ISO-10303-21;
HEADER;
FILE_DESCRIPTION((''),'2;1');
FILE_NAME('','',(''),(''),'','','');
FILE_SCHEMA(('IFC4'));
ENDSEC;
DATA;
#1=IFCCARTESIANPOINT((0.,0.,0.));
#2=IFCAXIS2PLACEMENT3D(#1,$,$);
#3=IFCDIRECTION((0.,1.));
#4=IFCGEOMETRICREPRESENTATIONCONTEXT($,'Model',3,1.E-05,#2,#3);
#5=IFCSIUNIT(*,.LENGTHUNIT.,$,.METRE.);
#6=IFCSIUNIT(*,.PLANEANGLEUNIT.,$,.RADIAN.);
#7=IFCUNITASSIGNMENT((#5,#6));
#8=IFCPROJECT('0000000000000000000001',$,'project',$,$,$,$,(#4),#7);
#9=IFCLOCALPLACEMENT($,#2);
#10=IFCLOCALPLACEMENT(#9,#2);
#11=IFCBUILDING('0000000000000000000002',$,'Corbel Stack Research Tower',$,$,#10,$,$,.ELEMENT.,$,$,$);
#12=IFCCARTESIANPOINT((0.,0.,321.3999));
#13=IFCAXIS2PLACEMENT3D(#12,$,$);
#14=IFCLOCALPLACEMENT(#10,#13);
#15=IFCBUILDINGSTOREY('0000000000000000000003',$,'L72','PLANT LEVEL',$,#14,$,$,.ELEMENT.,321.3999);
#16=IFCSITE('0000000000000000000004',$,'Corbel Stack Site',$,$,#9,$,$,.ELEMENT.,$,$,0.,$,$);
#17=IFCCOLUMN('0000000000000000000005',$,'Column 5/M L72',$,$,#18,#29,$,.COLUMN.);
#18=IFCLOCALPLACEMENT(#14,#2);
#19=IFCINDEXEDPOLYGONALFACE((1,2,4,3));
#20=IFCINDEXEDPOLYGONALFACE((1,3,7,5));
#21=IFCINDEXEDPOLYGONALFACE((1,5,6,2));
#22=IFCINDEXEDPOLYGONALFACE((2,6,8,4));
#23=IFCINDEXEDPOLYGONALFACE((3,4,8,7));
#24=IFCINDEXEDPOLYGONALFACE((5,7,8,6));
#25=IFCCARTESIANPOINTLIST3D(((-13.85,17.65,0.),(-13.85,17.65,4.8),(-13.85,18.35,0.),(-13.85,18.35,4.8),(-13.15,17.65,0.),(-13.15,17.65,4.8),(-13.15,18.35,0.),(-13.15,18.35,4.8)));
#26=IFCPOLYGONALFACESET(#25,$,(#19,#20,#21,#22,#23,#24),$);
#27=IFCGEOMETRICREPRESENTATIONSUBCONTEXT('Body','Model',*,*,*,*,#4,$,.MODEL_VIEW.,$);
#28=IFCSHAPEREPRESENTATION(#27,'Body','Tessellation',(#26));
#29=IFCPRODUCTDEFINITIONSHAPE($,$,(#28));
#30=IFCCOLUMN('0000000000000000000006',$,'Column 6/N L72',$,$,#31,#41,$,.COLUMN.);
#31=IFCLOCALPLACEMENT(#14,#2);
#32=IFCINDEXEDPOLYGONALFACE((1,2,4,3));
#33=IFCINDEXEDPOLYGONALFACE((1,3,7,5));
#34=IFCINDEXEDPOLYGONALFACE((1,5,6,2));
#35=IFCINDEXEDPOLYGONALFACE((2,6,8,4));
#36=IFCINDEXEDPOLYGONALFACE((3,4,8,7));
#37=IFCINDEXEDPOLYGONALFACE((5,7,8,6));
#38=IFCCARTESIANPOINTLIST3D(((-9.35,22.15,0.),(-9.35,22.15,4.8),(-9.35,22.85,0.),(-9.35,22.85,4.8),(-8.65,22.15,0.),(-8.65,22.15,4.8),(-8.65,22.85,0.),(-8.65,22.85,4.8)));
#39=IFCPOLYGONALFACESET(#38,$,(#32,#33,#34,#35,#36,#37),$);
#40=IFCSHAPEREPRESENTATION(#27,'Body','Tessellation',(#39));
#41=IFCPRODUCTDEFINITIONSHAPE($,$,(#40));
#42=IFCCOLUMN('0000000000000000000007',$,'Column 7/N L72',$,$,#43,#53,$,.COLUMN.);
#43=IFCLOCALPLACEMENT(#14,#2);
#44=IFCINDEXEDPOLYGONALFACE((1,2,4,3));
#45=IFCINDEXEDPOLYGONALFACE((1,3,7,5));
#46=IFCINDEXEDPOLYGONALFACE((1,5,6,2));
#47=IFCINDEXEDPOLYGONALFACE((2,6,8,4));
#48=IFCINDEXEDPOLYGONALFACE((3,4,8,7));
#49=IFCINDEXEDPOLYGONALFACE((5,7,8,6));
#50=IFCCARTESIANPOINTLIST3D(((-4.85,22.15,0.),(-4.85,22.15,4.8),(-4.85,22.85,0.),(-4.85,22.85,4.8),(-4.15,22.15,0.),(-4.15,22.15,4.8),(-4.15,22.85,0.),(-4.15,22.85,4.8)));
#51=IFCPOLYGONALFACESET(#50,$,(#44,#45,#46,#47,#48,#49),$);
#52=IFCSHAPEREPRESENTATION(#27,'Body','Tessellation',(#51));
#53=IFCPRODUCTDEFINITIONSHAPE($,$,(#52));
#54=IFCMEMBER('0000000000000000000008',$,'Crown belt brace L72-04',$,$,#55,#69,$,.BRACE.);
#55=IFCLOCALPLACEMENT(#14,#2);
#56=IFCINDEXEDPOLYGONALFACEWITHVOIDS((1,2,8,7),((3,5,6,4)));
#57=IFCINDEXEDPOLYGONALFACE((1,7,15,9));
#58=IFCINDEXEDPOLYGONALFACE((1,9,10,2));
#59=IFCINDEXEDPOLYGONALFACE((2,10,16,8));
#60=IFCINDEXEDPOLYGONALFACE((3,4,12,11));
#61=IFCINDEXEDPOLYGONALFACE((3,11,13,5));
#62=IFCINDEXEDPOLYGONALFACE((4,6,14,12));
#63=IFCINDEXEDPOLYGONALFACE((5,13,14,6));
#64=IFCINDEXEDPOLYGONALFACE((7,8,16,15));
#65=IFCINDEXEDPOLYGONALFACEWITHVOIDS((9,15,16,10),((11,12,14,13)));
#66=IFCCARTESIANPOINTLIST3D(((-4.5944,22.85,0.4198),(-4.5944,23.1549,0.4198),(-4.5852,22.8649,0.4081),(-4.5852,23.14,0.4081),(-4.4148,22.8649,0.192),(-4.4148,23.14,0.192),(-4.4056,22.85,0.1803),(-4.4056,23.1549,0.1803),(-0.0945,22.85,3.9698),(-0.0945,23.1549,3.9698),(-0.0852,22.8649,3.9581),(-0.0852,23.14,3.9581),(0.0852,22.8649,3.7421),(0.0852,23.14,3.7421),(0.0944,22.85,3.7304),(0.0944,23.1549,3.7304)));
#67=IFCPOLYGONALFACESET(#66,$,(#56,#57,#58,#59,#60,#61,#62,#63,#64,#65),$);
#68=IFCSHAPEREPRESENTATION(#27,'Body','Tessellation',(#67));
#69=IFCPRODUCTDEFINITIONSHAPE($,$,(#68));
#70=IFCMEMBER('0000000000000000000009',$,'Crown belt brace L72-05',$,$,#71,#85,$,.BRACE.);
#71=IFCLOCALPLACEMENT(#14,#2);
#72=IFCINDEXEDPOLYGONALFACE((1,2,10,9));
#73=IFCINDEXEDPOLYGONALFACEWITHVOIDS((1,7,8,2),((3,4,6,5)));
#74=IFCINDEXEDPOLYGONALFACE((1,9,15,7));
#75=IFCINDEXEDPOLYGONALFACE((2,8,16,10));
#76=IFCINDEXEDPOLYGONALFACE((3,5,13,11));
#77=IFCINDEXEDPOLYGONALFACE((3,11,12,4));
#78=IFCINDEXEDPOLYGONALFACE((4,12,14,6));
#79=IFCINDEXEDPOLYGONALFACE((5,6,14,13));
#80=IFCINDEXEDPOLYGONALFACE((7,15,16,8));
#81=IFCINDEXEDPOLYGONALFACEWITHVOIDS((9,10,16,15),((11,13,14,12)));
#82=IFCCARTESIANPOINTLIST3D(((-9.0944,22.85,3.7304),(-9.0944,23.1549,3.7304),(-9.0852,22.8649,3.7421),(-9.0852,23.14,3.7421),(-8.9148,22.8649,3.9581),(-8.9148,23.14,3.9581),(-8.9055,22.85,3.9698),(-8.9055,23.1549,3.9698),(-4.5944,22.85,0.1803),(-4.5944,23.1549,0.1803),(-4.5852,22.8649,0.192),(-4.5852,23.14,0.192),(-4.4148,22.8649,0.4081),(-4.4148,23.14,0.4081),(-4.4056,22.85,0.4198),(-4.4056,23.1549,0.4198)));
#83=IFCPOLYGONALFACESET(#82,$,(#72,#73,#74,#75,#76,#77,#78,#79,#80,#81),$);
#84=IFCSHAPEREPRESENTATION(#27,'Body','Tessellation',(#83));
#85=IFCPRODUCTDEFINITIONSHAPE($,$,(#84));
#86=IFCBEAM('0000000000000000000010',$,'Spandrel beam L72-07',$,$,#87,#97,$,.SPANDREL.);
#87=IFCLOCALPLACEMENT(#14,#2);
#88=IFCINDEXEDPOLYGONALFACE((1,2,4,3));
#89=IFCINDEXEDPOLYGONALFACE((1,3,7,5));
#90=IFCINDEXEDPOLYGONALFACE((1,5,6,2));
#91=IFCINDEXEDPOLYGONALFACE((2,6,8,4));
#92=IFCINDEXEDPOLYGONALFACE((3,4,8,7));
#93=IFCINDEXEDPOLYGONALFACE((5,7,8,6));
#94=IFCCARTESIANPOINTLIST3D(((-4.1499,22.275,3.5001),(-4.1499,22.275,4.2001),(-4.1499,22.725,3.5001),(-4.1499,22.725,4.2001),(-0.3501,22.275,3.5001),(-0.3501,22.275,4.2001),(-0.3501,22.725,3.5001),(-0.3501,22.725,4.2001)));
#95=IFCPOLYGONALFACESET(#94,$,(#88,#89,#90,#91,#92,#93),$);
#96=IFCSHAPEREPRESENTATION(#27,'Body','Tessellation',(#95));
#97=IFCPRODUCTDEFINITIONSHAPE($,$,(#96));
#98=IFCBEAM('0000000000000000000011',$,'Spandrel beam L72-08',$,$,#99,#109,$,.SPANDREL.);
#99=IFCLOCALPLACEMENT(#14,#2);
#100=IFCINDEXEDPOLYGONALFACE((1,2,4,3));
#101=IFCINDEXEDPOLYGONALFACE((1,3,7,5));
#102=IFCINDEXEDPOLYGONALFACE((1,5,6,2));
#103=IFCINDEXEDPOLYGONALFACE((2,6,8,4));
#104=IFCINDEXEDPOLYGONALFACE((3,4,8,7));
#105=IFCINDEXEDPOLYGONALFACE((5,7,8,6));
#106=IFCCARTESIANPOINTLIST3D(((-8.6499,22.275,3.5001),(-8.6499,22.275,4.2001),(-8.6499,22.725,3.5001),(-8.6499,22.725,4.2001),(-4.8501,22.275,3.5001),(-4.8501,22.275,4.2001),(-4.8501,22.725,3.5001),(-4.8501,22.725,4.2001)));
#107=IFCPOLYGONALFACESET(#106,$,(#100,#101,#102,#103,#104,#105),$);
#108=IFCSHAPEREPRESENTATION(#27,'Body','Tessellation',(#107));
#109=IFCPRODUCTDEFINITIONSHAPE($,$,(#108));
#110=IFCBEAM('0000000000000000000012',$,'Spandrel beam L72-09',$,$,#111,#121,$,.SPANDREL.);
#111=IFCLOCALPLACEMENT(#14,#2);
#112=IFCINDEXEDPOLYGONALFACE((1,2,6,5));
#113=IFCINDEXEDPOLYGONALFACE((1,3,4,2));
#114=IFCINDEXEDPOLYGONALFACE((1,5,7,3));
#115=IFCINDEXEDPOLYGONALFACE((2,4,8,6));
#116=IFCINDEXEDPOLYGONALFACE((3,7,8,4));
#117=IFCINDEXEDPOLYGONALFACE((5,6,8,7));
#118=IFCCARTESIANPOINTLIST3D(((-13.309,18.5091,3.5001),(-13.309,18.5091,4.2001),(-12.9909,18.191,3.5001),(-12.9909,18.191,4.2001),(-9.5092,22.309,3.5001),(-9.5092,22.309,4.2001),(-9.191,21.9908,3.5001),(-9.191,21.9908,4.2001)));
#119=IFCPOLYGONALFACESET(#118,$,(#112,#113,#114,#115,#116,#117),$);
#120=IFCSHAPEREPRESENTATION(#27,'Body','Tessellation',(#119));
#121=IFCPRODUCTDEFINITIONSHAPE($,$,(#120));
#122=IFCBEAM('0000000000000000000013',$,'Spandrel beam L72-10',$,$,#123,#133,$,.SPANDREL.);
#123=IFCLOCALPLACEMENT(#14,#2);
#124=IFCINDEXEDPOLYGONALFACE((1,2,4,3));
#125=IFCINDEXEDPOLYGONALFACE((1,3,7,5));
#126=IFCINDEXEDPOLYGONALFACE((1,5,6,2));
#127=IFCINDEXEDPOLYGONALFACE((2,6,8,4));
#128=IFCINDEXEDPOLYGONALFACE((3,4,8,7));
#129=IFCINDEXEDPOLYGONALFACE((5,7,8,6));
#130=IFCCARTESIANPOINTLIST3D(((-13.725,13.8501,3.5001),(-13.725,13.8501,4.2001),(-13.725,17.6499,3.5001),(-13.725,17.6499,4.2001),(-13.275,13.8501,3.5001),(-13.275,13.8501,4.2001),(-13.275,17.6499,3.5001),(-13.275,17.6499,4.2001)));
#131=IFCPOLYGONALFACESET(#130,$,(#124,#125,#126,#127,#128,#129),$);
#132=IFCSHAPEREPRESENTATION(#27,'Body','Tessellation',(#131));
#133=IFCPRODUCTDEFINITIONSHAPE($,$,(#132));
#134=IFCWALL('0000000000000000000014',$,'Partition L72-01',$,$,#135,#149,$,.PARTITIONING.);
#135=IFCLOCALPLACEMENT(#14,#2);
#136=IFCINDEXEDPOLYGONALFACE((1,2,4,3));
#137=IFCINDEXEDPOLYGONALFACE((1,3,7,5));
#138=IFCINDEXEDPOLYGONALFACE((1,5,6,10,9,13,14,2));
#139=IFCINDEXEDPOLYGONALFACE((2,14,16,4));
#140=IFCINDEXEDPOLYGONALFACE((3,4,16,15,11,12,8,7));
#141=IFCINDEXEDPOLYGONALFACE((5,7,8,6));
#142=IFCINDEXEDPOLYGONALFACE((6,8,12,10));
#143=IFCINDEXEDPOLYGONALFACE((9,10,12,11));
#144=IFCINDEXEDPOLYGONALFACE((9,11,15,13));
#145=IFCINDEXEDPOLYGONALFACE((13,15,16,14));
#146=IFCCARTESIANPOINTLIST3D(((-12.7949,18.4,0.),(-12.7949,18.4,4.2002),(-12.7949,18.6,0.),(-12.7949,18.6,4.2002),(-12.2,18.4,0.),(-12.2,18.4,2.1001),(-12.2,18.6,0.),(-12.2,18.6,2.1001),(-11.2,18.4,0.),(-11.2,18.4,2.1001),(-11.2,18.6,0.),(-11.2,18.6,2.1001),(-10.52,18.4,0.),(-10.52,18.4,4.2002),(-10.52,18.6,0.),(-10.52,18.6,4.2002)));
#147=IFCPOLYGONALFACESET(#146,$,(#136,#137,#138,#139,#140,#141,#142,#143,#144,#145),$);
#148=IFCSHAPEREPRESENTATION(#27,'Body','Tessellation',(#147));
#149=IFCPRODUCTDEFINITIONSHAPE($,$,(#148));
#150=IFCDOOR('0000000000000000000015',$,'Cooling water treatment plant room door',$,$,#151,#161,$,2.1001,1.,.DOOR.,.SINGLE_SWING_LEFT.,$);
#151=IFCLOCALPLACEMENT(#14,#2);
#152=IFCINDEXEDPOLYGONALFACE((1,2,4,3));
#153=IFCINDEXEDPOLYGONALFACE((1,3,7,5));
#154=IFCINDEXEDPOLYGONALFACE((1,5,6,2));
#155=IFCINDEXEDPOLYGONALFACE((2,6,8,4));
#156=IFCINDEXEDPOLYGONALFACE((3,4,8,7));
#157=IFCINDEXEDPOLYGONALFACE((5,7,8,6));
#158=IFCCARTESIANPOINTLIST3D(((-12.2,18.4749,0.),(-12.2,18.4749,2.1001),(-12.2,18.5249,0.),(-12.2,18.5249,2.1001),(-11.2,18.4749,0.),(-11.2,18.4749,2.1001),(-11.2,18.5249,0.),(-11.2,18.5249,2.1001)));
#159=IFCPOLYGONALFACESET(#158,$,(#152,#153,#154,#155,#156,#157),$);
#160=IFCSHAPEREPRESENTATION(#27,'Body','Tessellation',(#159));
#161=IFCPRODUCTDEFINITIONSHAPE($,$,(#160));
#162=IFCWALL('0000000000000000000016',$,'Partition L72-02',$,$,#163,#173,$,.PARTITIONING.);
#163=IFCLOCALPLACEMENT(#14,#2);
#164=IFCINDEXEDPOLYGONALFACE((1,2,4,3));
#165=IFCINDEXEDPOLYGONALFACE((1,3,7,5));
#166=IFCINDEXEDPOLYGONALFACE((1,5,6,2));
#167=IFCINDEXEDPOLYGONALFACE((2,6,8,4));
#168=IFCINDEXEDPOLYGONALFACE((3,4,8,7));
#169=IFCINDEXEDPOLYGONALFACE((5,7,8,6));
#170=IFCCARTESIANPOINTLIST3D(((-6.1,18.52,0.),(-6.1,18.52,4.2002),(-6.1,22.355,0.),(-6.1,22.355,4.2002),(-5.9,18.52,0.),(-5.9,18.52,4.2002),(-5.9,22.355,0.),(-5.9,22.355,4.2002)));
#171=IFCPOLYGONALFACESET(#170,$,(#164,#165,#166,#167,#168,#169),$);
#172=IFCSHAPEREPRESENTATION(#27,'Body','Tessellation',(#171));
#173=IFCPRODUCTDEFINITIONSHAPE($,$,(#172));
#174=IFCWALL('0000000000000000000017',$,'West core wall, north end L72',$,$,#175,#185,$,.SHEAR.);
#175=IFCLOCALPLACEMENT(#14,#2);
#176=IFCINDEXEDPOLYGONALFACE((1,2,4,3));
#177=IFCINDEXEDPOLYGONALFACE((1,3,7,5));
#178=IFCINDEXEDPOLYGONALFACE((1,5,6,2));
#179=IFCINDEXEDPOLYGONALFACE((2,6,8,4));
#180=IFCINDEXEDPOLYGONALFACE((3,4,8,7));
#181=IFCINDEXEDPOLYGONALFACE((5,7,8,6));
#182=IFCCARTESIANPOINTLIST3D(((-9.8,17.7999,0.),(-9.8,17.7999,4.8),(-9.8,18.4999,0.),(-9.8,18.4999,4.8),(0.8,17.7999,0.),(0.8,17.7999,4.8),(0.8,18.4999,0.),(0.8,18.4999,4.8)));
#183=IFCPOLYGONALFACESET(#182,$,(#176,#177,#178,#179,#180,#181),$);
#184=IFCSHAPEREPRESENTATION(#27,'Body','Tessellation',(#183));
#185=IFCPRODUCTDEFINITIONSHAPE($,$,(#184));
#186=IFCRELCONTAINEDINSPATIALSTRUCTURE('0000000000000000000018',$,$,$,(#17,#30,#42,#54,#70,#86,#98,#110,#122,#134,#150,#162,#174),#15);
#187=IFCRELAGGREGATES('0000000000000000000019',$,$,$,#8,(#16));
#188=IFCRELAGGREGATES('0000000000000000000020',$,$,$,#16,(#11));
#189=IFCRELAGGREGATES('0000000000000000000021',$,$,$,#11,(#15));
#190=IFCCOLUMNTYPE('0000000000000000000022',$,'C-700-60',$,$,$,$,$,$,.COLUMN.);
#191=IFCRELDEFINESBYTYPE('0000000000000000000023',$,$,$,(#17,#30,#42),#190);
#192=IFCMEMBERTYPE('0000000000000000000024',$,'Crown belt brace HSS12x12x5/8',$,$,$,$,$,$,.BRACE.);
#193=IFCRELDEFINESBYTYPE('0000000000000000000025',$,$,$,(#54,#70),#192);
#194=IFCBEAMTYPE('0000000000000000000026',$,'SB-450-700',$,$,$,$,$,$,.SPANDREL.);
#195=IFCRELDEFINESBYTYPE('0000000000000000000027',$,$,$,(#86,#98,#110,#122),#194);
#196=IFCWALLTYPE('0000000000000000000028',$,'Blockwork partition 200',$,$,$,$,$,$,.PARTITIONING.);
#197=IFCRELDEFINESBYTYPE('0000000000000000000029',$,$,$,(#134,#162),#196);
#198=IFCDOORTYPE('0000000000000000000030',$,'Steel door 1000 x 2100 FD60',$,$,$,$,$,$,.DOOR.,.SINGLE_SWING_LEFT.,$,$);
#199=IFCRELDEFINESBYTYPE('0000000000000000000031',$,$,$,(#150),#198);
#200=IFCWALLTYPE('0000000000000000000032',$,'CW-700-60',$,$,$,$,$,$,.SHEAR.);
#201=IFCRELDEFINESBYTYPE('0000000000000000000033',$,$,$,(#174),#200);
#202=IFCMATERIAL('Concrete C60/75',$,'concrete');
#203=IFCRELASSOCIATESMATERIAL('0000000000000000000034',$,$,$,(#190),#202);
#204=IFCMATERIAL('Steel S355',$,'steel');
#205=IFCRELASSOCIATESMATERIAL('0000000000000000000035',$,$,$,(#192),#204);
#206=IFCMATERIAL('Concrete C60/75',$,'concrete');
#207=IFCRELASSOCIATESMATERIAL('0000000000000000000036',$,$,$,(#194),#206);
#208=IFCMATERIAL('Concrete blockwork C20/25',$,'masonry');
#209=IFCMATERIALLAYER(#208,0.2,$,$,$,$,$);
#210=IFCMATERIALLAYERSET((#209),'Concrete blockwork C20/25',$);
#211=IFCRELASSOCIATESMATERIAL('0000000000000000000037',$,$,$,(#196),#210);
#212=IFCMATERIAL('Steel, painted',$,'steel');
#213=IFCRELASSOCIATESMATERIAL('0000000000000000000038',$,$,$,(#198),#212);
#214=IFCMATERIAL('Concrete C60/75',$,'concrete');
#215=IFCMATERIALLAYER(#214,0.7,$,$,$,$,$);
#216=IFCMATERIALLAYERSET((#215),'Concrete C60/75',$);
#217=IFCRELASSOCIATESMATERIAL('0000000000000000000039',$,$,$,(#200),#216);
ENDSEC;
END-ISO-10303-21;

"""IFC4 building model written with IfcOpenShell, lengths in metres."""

from ifc_helpers import new_model, si_unit, direction, frame, frame_2d, origin, origin_2d, place, context, subcontext, project, spatial, rectangle, hollow_rectangle, extrude, material, layer, layer_set, material_profile, profile_set, type_object, element, fill, save


model = new_model("IFC4")

# Units and contexts
model_context = context("Model", 3, precision=1e-05, world=origin(), true_north=direction((0.0, 1.0)))
body_context = subcontext(model_context, "Body", "Model", "MODEL_VIEW")
ifc_project = project(units=[si_unit("LENGTHUNIT", "METRE"), si_unit("PLANEANGLEUNIT", "RADIAN")], contexts=[model_context])

# Site, building, storey
site_placement = place(None, origin())
site = spatial("IfcSite", under=ifc_project, at=site_placement, Name="Corbel Stack Site", CompositionType="ELEMENT", RefElevation=0.0)
building_placement = place(site_placement, origin())
building = spatial("IfcBuilding", under=site, at=building_placement, Name="Corbel Stack Research Tower", CompositionType="ELEMENT")
storey_placement = place(building_placement, frame((0.0, 0.0, 321.3999)))
storey = spatial("IfcBuildingStorey", under=building, at=storey_placement, Name="L72", Description="PLANT LEVEL", CompositionType="ELEMENT", Elevation=321.3999)

# Columns
ifc_material_1 = material(Name="Concrete C60/75", Category="concrete")
ifc_material_profile_1 = material_profile(ifc_material_1, rectangle(XDim=0.7, YDim=0.7, at=origin_2d()), Name="RC 700 x 700")
ifc_profile_set_1 = profile_set([ifc_material_profile_1], Name="Concrete C60/75")
column_type = type_object("IfcColumnType", Name="C-700-60", PredefinedType="COLUMN", material=ifc_profile_set_1)
for number, where, z_axis, x_axis, name in (
    (1, (-13.5, 18.0, 0.0), (0.0, 0.0, 1.0), (1.0, 0.0, 0.0), "Column 5/M L72"),
    (2, (-9.0, 22.5, 0.0), (0.0, 0.0, 1.0), (1.0, 0.0, 0.0), "Column 6/N L72"),
    (3, (-4.5, 22.5, 0.0), (0.0, 0.0, 1.0), (1.0, 0.0, 0.0), "Column 7/N L72"),
):
    element("IfcColumn", number, at=place(storey_placement, frame(where, z_axis=z_axis, x_axis=x_axis)), inside=storey, type_object=column_type, Name=name, PredefinedType="COLUMN", context=body_context, shape_type="SweptSolid", body=[
        extrude(rectangle(XDim=0.7, YDim=0.7, at=origin_2d()), origin(), (0.0, 0.0, 1.0), 4.8),
    ])

# Members
ifc_material_2 = material(Name="Steel S355", Category="steel")
ifc_material_profile_2 = material_profile(ifc_material_2, hollow_rectangle(XDim=0.3049, YDim=0.3049, WallThickness=0.0149, at=origin_2d()), Name="HSS12x12x5/8")
ifc_profile_set_2 = profile_set([ifc_material_profile_2], Name="Steel S355")
member_type = type_object("IfcMemberType", Name="Crown belt brace HSS12x12x5/8", PredefinedType="BRACE", material=ifc_profile_set_2)
for number, where, z_axis, x_axis, name in (
    (4, (-4.5, 23.0024, 0.3), (0.785102, 0.0, 0.619367), (0.0, 1.0, 0.0), "Crown belt brace L72-04"),
    (5, (-4.5, 23.0024, 0.3), (-0.785102, 0.0, 0.619367), (0.0, -1.0, 0.0), "Crown belt brace L72-05"),
):
    element("IfcMember", number, at=place(storey_placement, frame(where, z_axis=z_axis, x_axis=x_axis)), inside=storey, type_object=member_type, Name=name, PredefinedType="BRACE", context=body_context, shape_type="SweptSolid", body=[
        extrude(hollow_rectangle(XDim=0.3049, YDim=0.3049, WallThickness=0.0149, at=origin_2d()), origin(), (0.0, 0.0, 1.0), 5.7317),
    ])

# Beams
ifc_material_3 = material(Name="Concrete C60/75", Category="concrete")
ifc_material_profile_3 = material_profile(ifc_material_3, rectangle(XDim=0.45, YDim=0.7, at=origin_2d()), Name="RC 450 x 700")
ifc_profile_set_3 = profile_set([ifc_material_profile_3], Name="Concrete C60/75")
beam_type = type_object("IfcBeamType", Name="SB-450-700", PredefinedType="SPANDREL", material=ifc_profile_set_3)
for number, where, z_axis, x_axis, name in (
    (6, (-0.3501, 22.5, 3.8501), (-1.0, 0.0, 0.0), (0.0, -1.0, 0.0), "Spandrel beam L72-07"),
    (7, (-4.8501, 22.5, 3.8501), (-1.0, 0.0, 0.0), (0.0, -1.0, 0.0), "Spandrel beam L72-08"),
):
    element("IfcBeam", number, at=place(storey_placement, frame(where, z_axis=z_axis, x_axis=x_axis)), inside=storey, type_object=beam_type, Name=name, PredefinedType="SPANDREL", context=body_context, shape_type="SweptSolid", body=[
        extrude(rectangle(XDim=0.45, YDim=0.7, at=origin_2d()), origin(), (0.0, 0.0, 1.0), 3.7998),
    ])
beam_1_placement = place(storey_placement, frame((-9.3501, 22.1499, 3.8501), z_axis=(-0.707107, -0.707107, 0.0), x_axis=(0.707107, -0.707107, 0.0)))
element("IfcBeam", 8, at=beam_1_placement, inside=storey, type_object=beam_type, Name="Spandrel beam L72-09", PredefinedType="SPANDREL", context=body_context, shape_type="SweptSolid", body=[
    extrude(rectangle(XDim=0.45, YDim=0.7, at=origin_2d()), origin(), (0.0, 0.0, 1.0), 5.3738),
])
beam_2_placement = place(storey_placement, frame((-13.5, 17.6499, 3.8501), z_axis=(0.0, -1.0, 0.0), x_axis=(1.0, 0.0, 0.0)))
element("IfcBeam", 9, at=beam_2_placement, inside=storey, type_object=beam_type, Name="Spandrel beam L72-10", PredefinedType="SPANDREL", context=body_context, shape_type="SweptSolid", body=[
    extrude(rectangle(XDim=0.45, YDim=0.7, at=origin_2d()), origin(), (0.0, 0.0, 1.0), 3.7998),
])

# Wall, opening, door
ifc_material_4 = material(Name="Concrete blockwork C20/25", Category="masonry")
ifc_layer_1 = layer(ifc_material_4, 0.2)
ifc_layer_set_1 = layer_set([ifc_layer_1], Name="Concrete blockwork C20/25")
wall_type_1 = type_object("IfcWallType", Name="Blockwork partition 200", PredefinedType="PARTITIONING", material=ifc_layer_set_1)
wall_1_placement = place(storey_placement, frame((-12.7949, 18.5, 0.0), z_axis=(0.0, 0.0, 1.0), x_axis=(1.0, 0.0, 0.0)))
wall_1 = element("IfcWall", 10, at=wall_1_placement, inside=storey, type_object=wall_type_1, Name="Partition L72-01", PredefinedType="PARTITIONING", context=body_context, shape_type="SweptSolid", body=[
    extrude(rectangle(XDim=2.2749, YDim=0.2, at=frame_2d((1.1375, 0.0))), origin(), (0.0, 0.0, 1.0), 4.2002),
])
opening_placement = place(wall_1_placement, frame((0.595, 0.0, 0.0)))
opening = element("IfcOpeningElement", 11, at=opening_placement, cuts=wall_1, PredefinedType="OPENING", context=body_context, shape_type="SweptSolid", body=[
    extrude(rectangle(XDim=1.0, YDim=2.1001, at=frame_2d((0.5, 1.05))), frame((0.0, 0.1099, 0.0), z_axis=(0.0, -1.0, 0.0), x_axis=(1.0, 0.0, 0.0)), (0.0, 0.0, 1.0), 0.22),
])
ifc_material_5 = material(Name="Steel, painted", Category="steel")
door_type = type_object("IfcDoorType", Name="Steel door 1000 x 2100 FD60", OperationType="SINGLE_SWING_LEFT", PredefinedType="DOOR", material=ifc_material_5)
door_placement = place(opening_placement, origin())
door = element("IfcDoor", 12, at=door_placement, inside=storey, type_object=door_type, Name="Cooling water treatment plant room door", OperationType="SINGLE_SWING_LEFT", OverallHeight=2.1001, OverallWidth=1.0, PredefinedType="DOOR", context=body_context, shape_type="SweptSolid", body=[
    extrude(rectangle(XDim=1.0, YDim=2.1001, at=frame_2d((0.5, 1.05))), frame((0.0, 0.0249, 0.0), z_axis=(0.0, -1.0, 0.0), x_axis=(1.0, 0.0, 0.0)), (0.0, 0.0, 1.0), 0.05),
])
fill(opening, door)

# Walls
wall_2_placement = place(storey_placement, frame((-6.0, 22.355, 0.0), z_axis=(0.0, 0.0, 1.0), x_axis=(0.0, -1.0, 0.0)))
element("IfcWall", 13, at=wall_2_placement, inside=storey, type_object=wall_type_1, Name="Partition L72-02", PredefinedType="PARTITIONING", context=body_context, shape_type="SweptSolid", body=[
    extrude(rectangle(XDim=3.835, YDim=0.2, at=frame_2d((1.9175, 0.0))), origin(), (0.0, 0.0, 1.0), 4.2002),
])
ifc_material_6 = material(Name="Concrete C60/75", Category="concrete")
ifc_layer_2 = layer(ifc_material_6, 0.7)
ifc_layer_set_2 = layer_set([ifc_layer_2], Name="Concrete C60/75")
wall_type_2 = type_object("IfcWallType", Name="CW-700-60", PredefinedType="SHEAR", material=ifc_layer_set_2)
wall_3_placement = place(storey_placement, frame((-9.8, 18.1499, 0.0), z_axis=(0.0, 0.0, 1.0), x_axis=(1.0, 0.0, 0.0)))
element("IfcWall", 14, at=wall_3_placement, inside=storey, type_object=wall_type_2, Name="West core wall, north end L72", PredefinedType="SHEAR", context=body_context, shape_type="SweptSolid", body=[
    extrude(rectangle(XDim=10.6001, YDim=0.7, at=frame_2d((5.3, 0.0))), origin(), (0.0, 0.0, 1.0), 4.8),
])

save(model, "model.ifc")
